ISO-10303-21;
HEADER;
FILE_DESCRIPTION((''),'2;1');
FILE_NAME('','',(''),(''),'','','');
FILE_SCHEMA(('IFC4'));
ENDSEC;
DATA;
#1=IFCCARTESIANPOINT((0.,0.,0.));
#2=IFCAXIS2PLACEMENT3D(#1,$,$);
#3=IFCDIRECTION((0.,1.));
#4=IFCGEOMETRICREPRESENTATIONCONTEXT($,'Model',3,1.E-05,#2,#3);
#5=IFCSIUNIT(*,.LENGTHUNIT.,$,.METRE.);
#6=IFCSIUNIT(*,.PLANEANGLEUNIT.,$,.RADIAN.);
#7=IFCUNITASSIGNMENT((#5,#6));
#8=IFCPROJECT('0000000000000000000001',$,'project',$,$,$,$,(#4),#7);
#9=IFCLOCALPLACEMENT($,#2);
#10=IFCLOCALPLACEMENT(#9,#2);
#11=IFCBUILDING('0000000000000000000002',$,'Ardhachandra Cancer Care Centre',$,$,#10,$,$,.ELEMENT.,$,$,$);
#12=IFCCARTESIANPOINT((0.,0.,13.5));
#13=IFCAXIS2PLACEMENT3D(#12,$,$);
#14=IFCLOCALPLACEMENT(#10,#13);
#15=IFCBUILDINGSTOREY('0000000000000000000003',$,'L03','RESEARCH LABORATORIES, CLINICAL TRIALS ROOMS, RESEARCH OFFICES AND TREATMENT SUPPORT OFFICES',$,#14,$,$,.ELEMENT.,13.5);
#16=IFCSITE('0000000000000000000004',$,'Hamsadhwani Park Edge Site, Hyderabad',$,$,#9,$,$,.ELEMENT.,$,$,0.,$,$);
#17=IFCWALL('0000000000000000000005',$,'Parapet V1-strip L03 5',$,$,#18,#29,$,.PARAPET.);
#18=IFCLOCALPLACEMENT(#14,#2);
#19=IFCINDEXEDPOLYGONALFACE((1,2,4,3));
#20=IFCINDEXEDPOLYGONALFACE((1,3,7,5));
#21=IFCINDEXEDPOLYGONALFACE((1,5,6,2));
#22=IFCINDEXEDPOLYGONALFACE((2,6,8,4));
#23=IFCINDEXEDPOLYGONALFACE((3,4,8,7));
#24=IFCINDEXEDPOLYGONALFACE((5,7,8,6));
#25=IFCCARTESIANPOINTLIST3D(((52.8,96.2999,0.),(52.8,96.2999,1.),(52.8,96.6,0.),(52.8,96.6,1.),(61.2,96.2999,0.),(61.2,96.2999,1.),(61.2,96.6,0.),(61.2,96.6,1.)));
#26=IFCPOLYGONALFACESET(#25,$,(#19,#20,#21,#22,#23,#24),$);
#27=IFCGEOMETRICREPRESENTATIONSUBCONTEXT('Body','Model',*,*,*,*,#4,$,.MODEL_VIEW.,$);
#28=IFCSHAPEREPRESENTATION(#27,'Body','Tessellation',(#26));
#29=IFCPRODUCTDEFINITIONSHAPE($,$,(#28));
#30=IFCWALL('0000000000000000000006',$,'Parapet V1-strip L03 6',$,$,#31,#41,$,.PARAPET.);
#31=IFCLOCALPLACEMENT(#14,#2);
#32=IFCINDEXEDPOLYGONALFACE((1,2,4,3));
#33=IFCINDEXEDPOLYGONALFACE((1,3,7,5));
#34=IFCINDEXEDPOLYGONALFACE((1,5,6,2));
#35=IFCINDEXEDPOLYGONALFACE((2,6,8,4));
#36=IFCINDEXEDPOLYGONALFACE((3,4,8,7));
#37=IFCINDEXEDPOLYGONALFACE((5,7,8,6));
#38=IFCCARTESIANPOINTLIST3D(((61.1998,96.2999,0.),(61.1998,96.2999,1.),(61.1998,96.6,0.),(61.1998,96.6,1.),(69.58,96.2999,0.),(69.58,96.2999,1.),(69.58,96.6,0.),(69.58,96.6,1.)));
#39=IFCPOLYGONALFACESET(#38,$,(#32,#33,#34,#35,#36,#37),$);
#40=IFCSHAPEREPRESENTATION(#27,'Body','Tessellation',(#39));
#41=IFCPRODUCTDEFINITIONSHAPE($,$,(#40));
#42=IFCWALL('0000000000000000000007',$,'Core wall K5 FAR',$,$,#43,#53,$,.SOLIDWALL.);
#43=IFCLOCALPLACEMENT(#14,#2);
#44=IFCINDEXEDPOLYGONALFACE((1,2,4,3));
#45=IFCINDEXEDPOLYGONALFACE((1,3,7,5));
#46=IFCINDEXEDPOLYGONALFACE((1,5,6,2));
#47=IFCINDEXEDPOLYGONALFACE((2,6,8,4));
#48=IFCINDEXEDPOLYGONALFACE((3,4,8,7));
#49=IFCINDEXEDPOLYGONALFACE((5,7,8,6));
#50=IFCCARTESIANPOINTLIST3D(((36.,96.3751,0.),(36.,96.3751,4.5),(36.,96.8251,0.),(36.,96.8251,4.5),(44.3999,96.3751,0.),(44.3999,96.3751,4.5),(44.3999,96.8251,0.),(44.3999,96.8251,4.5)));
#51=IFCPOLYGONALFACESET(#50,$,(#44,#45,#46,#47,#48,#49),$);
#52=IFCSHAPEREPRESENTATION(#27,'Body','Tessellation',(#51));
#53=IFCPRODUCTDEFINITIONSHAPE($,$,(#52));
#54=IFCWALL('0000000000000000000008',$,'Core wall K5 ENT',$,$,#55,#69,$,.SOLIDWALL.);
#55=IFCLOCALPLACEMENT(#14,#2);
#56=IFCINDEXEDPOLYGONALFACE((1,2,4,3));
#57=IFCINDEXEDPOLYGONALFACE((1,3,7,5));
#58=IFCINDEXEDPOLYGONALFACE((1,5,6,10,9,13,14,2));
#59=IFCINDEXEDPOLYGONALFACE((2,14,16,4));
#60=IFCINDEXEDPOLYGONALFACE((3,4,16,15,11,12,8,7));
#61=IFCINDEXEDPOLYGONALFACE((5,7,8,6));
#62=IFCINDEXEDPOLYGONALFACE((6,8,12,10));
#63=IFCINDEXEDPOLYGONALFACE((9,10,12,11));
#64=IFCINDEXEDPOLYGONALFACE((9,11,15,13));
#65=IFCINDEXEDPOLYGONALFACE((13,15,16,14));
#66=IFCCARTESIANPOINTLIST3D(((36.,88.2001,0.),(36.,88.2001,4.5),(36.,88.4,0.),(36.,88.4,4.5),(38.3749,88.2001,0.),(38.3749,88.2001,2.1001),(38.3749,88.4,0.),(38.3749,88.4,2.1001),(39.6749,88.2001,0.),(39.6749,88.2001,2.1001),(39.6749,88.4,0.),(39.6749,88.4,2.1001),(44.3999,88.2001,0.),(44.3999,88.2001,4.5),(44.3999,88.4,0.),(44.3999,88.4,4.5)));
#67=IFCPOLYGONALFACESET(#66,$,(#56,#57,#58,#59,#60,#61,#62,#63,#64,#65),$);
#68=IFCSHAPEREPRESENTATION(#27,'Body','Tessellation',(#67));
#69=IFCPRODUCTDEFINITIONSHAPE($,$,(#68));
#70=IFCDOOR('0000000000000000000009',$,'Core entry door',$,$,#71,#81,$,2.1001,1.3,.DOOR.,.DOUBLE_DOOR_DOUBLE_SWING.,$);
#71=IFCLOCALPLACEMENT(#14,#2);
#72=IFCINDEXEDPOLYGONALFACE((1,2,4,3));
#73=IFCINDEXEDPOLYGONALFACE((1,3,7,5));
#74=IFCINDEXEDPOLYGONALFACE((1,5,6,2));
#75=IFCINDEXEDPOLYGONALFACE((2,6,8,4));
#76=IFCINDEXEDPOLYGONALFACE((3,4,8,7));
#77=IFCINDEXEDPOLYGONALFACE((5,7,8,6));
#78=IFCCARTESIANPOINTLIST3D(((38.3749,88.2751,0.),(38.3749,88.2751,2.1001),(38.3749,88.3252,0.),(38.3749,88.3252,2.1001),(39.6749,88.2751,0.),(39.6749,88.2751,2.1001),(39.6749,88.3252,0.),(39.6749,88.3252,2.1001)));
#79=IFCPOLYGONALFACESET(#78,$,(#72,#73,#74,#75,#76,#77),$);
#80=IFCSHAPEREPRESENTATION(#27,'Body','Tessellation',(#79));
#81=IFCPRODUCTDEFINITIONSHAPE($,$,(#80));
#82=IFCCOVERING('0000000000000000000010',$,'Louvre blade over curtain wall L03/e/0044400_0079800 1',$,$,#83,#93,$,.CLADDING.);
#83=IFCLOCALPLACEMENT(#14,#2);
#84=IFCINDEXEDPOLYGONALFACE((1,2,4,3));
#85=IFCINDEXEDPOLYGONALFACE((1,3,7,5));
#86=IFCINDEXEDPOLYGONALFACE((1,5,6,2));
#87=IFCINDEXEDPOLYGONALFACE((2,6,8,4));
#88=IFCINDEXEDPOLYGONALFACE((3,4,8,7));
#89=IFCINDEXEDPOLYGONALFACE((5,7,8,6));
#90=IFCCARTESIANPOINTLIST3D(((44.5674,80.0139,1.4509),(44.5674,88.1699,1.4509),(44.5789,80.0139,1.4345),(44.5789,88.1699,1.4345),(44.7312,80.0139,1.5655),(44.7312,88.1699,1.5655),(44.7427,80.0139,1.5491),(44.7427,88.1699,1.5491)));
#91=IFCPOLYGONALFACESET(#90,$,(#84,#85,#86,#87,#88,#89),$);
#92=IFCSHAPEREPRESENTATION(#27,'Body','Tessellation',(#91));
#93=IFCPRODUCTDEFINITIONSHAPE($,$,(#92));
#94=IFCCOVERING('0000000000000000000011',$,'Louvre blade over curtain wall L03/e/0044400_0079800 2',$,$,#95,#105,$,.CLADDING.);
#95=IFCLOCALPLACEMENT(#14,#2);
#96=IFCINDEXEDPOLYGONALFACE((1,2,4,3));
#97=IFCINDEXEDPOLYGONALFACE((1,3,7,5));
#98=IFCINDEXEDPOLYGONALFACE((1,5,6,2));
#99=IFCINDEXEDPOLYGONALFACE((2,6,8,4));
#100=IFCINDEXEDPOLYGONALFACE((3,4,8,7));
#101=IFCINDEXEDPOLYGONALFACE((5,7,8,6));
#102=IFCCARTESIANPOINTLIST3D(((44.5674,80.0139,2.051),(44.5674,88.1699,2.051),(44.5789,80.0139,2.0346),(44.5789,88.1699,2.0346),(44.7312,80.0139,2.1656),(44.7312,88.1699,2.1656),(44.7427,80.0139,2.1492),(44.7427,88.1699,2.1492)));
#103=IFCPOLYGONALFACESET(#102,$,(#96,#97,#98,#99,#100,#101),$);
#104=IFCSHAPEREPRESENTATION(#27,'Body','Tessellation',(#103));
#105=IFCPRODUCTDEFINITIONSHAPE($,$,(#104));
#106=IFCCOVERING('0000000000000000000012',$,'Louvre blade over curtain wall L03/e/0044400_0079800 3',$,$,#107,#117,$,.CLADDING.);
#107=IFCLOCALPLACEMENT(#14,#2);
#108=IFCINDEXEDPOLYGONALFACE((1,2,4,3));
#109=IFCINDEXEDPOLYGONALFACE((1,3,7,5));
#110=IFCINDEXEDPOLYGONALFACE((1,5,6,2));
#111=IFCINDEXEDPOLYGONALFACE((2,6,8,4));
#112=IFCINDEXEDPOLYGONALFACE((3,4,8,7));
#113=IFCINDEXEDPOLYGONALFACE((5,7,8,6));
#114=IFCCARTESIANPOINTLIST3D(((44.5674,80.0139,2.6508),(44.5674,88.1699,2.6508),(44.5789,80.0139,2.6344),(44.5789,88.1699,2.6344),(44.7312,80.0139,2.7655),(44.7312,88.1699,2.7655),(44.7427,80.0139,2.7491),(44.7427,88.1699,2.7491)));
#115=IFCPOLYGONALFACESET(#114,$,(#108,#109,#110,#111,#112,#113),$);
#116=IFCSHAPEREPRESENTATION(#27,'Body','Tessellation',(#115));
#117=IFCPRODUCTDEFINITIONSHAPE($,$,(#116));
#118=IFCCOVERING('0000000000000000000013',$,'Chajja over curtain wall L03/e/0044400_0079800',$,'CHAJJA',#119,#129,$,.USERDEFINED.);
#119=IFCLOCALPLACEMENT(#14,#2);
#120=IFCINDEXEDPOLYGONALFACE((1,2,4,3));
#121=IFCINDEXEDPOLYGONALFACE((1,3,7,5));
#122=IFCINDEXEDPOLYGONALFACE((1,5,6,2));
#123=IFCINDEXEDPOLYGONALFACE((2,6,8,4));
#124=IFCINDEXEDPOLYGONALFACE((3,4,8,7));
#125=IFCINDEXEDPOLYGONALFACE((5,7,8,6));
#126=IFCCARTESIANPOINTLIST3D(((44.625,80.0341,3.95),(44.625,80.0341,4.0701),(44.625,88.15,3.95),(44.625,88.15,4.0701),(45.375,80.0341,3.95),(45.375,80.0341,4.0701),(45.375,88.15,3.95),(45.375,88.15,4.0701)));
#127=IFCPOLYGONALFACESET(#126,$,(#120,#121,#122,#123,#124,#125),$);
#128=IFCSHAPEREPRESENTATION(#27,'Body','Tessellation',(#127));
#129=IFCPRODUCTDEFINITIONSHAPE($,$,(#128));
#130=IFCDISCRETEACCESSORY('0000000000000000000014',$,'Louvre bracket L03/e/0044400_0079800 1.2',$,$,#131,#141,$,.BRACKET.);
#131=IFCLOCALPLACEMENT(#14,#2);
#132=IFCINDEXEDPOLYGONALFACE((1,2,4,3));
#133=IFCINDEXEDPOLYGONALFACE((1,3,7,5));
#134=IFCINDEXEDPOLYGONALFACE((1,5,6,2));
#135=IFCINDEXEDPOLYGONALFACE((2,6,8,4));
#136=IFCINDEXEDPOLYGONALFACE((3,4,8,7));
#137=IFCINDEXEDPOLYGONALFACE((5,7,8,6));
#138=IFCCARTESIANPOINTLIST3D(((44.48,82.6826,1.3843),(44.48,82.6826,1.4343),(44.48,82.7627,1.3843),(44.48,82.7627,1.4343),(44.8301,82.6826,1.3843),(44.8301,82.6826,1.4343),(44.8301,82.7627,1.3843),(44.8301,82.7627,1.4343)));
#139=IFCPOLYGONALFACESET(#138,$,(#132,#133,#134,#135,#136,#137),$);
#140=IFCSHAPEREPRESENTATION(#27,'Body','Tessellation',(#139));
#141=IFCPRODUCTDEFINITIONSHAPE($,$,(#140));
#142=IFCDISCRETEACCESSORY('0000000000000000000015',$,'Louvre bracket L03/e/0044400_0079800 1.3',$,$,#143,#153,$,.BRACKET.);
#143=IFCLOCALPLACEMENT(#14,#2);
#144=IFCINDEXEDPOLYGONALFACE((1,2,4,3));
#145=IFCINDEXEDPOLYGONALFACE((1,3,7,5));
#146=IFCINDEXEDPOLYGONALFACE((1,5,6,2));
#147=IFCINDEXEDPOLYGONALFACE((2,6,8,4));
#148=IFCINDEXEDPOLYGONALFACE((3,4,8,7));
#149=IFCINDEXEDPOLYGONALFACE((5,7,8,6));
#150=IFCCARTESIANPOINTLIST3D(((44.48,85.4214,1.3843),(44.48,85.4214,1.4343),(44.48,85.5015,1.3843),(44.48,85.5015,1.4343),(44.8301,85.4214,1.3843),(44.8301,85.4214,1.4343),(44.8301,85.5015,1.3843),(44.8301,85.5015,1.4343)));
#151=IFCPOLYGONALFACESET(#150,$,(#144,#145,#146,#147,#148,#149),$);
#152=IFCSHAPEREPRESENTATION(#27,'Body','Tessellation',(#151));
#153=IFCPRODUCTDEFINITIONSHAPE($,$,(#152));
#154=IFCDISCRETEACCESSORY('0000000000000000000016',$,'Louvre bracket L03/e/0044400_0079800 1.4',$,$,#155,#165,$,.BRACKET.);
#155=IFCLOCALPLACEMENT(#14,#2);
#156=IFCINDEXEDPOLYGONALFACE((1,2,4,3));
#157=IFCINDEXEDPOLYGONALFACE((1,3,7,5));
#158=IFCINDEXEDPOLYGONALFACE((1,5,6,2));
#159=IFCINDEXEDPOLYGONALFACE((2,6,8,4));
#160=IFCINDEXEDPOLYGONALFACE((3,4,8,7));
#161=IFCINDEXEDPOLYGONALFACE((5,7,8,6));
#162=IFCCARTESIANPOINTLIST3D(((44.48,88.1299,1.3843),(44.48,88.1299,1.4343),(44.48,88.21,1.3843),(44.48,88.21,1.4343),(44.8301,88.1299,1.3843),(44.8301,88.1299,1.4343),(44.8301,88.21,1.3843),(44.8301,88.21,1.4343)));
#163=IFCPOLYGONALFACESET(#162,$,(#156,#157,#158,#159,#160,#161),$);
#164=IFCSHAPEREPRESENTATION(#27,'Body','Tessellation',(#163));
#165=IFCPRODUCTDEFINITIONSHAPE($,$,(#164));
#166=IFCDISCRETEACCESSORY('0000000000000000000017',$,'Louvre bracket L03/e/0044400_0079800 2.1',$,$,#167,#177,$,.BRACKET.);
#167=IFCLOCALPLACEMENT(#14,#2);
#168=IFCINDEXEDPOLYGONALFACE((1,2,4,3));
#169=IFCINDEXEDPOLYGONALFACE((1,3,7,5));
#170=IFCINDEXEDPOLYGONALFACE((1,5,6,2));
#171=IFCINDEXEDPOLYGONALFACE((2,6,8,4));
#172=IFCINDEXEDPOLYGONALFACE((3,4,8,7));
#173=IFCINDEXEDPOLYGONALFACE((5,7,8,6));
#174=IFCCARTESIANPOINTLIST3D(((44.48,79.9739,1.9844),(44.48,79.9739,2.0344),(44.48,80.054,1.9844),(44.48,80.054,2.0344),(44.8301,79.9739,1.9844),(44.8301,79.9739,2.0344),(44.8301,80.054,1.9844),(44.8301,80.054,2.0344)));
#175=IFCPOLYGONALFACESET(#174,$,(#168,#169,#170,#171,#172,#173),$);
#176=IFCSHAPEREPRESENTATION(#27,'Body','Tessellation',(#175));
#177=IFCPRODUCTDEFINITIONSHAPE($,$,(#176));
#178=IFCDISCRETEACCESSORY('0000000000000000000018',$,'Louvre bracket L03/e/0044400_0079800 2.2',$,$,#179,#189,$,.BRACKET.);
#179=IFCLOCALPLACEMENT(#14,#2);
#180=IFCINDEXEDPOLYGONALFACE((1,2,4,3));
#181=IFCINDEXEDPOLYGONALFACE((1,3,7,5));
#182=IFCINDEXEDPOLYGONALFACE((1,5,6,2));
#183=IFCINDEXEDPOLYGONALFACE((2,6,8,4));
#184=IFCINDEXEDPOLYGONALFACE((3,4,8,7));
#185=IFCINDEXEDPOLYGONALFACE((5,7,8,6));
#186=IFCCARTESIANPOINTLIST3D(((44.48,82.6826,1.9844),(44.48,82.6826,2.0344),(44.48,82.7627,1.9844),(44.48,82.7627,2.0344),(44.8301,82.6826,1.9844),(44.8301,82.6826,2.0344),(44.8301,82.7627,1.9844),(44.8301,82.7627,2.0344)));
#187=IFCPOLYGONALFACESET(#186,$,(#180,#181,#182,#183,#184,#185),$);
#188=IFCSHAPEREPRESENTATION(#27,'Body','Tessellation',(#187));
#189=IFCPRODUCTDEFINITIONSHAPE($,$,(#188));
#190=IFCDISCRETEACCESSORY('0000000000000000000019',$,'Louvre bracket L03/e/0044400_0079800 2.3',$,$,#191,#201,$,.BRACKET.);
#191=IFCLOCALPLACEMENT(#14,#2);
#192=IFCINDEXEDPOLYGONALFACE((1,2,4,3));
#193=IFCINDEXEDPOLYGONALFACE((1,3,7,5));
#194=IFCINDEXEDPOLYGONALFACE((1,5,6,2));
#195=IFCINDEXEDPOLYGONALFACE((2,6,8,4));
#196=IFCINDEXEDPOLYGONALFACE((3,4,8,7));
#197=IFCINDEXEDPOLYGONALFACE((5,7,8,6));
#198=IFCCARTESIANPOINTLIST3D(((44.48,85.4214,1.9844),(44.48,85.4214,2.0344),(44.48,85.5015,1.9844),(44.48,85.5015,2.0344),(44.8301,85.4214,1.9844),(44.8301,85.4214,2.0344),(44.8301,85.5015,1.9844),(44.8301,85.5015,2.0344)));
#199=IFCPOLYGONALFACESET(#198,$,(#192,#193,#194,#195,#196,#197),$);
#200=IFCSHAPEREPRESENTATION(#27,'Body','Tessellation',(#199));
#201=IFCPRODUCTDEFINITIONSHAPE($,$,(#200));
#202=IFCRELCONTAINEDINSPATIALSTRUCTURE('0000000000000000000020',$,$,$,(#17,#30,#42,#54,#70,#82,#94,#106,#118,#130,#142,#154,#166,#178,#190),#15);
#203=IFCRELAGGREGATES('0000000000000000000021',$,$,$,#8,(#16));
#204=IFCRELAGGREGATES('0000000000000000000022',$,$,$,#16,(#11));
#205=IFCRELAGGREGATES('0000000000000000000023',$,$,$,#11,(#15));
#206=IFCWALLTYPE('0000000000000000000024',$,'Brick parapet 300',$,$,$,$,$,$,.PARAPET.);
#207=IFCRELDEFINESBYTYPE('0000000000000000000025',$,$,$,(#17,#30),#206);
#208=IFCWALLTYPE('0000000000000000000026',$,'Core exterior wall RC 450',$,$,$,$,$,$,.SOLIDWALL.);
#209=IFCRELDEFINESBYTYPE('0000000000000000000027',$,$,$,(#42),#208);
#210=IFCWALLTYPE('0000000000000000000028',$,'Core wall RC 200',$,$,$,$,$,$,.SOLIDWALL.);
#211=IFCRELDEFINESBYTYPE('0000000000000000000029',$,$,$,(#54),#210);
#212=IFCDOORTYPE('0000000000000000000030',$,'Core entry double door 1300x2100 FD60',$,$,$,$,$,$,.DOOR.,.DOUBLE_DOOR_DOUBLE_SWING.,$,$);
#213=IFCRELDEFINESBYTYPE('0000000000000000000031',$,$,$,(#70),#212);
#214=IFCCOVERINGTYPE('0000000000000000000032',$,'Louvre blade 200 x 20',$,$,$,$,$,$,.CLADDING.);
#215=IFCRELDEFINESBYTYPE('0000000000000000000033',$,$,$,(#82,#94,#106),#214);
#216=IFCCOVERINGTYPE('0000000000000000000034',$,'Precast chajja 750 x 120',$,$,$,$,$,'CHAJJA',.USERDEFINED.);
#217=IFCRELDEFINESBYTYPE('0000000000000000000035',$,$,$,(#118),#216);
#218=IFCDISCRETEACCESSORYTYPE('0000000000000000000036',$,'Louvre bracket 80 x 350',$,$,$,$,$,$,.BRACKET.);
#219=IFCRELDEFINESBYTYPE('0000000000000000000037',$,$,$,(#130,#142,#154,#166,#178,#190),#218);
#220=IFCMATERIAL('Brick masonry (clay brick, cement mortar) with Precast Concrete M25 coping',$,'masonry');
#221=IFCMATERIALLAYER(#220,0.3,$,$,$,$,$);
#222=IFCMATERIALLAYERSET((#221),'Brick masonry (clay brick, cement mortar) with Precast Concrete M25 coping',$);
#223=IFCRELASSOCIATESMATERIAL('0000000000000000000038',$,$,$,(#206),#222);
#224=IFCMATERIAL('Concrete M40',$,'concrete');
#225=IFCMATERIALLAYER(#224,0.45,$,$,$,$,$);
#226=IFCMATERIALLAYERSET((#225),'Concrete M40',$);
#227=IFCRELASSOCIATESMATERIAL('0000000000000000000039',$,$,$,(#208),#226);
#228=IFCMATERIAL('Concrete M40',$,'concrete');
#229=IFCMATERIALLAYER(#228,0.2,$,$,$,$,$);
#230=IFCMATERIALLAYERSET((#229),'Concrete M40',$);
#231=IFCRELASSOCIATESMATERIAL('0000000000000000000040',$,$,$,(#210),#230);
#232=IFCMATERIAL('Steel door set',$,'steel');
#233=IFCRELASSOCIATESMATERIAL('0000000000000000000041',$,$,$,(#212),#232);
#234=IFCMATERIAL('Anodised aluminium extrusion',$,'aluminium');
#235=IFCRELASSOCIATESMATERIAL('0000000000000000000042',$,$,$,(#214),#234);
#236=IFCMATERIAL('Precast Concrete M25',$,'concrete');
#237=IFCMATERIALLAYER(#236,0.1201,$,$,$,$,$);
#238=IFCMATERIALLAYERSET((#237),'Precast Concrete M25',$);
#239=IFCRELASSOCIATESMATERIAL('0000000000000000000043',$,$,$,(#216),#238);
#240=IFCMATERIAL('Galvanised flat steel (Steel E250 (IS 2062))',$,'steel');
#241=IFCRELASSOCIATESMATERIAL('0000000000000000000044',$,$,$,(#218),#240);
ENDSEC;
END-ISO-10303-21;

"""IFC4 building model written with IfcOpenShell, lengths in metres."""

from ifc_helpers import new_model, si_unit, direction, frame, frame_2d, origin, origin_2d, place, context, subcontext, project, spatial, rectangle, extrude, material, layer, layer_set, material_profile, profile_set, type_object, element, fill, save


model = new_model("IFC4")

# Units and contexts
model_context = context("Model", 3, precision=1e-05, world=origin(), true_north=direction((0.0, 1.0)))
body_context = subcontext(model_context, "Body", "Model", "MODEL_VIEW")
ifc_project = project(units=[si_unit("LENGTHUNIT", "METRE"), si_unit("PLANEANGLEUNIT", "RADIAN")], contexts=[model_context])

# Site, building, storey
site_placement = place(None, origin())
site = spatial("IfcSite", under=ifc_project, at=site_placement, Name="Hamsadhwani Park Edge Site, Hyderabad", CompositionType="ELEMENT", RefElevation=0.0)
building_placement = place(site_placement, origin())
building = spatial("IfcBuilding", under=site, at=building_placement, Name="Ardhachandra Cancer Care Centre", CompositionType="ELEMENT")
storey_placement = place(building_placement, frame((0.0, 0.0, 13.5)))
storey = spatial("IfcBuildingStorey", under=building, at=storey_placement, Name="L03", Description="RESEARCH LABORATORIES, CLINICAL TRIALS ROOMS, RESEARCH OFFICES AND TREATMENT SUPPORT OFFICES", CompositionType="ELEMENT", Elevation=13.5)

# Walls
ifc_material_1 = material(Name="Brick masonry (clay brick, cement mortar) with Precast Concrete M25 coping", Category="masonry")
ifc_layer_1 = layer(ifc_material_1, 0.3)
ifc_layer_set_1 = layer_set([ifc_layer_1], Name="Brick masonry (clay brick, cement mortar) with Precast Concrete M25 coping")
wall_type_1 = type_object("IfcWallType", Name="Brick parapet 300", PredefinedType="PARAPET", material=ifc_layer_set_1)
wall_1_placement = place(storey_placement, frame((52.8, 96.45, 0.0), z_axis=(0.0, 0.0, 1.0), x_axis=(1.0, 0.0, 0.0)))
element("IfcWall", 1, at=wall_1_placement, inside=storey, type_object=wall_type_1, Name="Parapet V1-strip L03 5", PredefinedType="PARAPET", context=body_context, shape_type="SweptSolid", body=[
    extrude(rectangle(XDim=8.3999, YDim=0.3, at=frame_2d((4.2, 0.0))), origin(), (0.0, 0.0, 1.0), 1.0),
])
wall_2_placement = place(storey_placement, frame((61.2, 96.45, 0.0), z_axis=(0.0, 0.0, 1.0), x_axis=(1.0, 0.0, 0.0)))
element("IfcWall", 2, at=wall_2_placement, inside=storey, type_object=wall_type_1, Name="Parapet V1-strip L03 6", PredefinedType="PARAPET", context=body_context, shape_type="SweptSolid", body=[
    extrude(rectangle(XDim=8.3801, YDim=0.3, at=frame_2d((4.1899, 0.0))), origin(), (0.0, 0.0, 1.0), 1.0),
])
ifc_material_2 = material(Name="Concrete M40", Category="concrete")
ifc_layer_2 = layer(ifc_material_2, 0.45)
ifc_layer_set_2 = layer_set([ifc_layer_2], Name="Concrete M40")
wall_type_2 = type_object("IfcWallType", Name="Core exterior wall RC 450", PredefinedType="SOLIDWALL", material=ifc_layer_set_2)
wall_3_placement = place(storey_placement, frame((44.3999, 96.6001, 0.0), z_axis=(0.0, 0.0, 1.0), x_axis=(-1.0, 0.0, 0.0)))
element("IfcWall", 3, at=wall_3_placement, inside=storey, type_object=wall_type_2, Name="Core wall K5 FAR", PredefinedType="SOLIDWALL", context=body_context, shape_type="SweptSolid", body=[
    extrude(rectangle(XDim=8.3999, YDim=0.45, at=frame_2d((4.2, 0.0))), origin(), (0.0, 0.0, 1.0), 4.5),
])

# Wall, opening, door
ifc_material_3 = material(Name="Concrete M40", Category="concrete")
ifc_layer_3 = layer(ifc_material_3, 0.2)
ifc_layer_set_3 = layer_set([ifc_layer_3], Name="Concrete M40")
wall_type_3 = type_object("IfcWallType", Name="Core wall RC 200", PredefinedType="SOLIDWALL", material=ifc_layer_set_3)
wall_4_placement = place(storey_placement, frame((44.3999, 88.3, 0.0), z_axis=(0.0, 0.0, 1.0), x_axis=(-1.0, 0.0, 0.0)))
wall_4 = element("IfcWall", 4, at=wall_4_placement, inside=storey, type_object=wall_type_3, Name="Core wall K5 ENT", PredefinedType="SOLIDWALL", context=body_context, shape_type="SweptSolid", body=[
    extrude(rectangle(XDim=8.3999, YDim=0.2, at=frame_2d((4.2, 0.0))), origin(), (0.0, 0.0, 1.0), 4.5),
])
opening_placement = place(wall_4_placement, frame((4.7251, 0.0, 0.0)))
opening = element("IfcOpeningElement", 5, at=opening_placement, cuts=wall_4, PredefinedType="OPENING", context=body_context, shape_type="SweptSolid", body=[
    extrude(rectangle(XDim=1.3, YDim=2.1001, at=frame_2d((0.6499, 1.05))), frame((0.0, 0.1099, 0.0), z_axis=(0.0, -1.0, 0.0), x_axis=(1.0, 0.0, 0.0)), (0.0, 0.0, 1.0), 0.22),
])
ifc_material_4 = material(Name="Steel door set", Category="steel")
door_type = type_object("IfcDoorType", Name="Core entry double door 1300x2100 FD60", OperationType="DOUBLE_DOOR_DOUBLE_SWING", PredefinedType="DOOR", material=ifc_material_4)
door_placement = place(opening_placement, origin())
door = element("IfcDoor", 6, at=door_placement, inside=storey, type_object=door_type, Name="Core entry door", OperationType="DOUBLE_DOOR_DOUBLE_SWING", OverallHeight=2.1001, OverallWidth=1.3, PredefinedType="DOOR", context=body_context, shape_type="SweptSolid", body=[
    extrude(rectangle(XDim=1.3, YDim=2.1001, at=frame_2d((0.6499, 1.05))), frame((0.0, 0.0249, 0.0), z_axis=(0.0, -1.0, 0.0), x_axis=(1.0, 0.0, 0.0)), (0.0, 0.0, 1.0), 0.05),
])
fill(opening, door)

# Coverings
ifc_material_5 = material(Name="Anodised aluminium extrusion", Category="aluminium")
ifc_material_profile_1 = material_profile(ifc_material_5, rectangle(XDim=0.2, YDim=0.02, at=origin_2d()), Name="Louvre blade 200 x 20")
ifc_profile_set_1 = profile_set([ifc_material_profile_1], Name="Anodised aluminium extrusion")
covering_type_1 = type_object("IfcCoveringType", Name="Louvre blade 200 x 20", PredefinedType="CLADDING", material=ifc_profile_set_1)
for number, where, z_axis, x_axis, name in (
    (7, (44.655, 80.0139, 1.5), (0.0, 1.0, 0.0), (-0.819152, 0.0, -0.573576), "Louvre blade over curtain wall L03/e/0044400_0079800 1"),
    (8, (44.655, 80.0139, 2.1001), (0.0, 1.0, 0.0), (-0.819152, 0.0, -0.573576), "Louvre blade over curtain wall L03/e/0044400_0079800 2"),
    (9, (44.655, 80.0139, 2.7), (0.0, 1.0, 0.0), (-0.819152, 0.0, -0.573576), "Louvre blade over curtain wall L03/e/0044400_0079800 3"),
):
    element("IfcCovering", number, at=place(storey_placement, frame(where, z_axis=z_axis, x_axis=x_axis)), inside=storey, type_object=covering_type_1, Name=name, PredefinedType="CLADDING", context=body_context, shape_type="SweptSolid", body=[
        extrude(rectangle(XDim=0.2, YDim=0.02, at=origin_2d()), origin(), (0.0, 0.0, 1.0), 8.156),
    ])
ifc_material_6 = material(Name="Precast Concrete M25", Category="concrete")
ifc_layer_4 = layer(ifc_material_6, 0.1201)
ifc_layer_set_4 = layer_set([ifc_layer_4], Name="Precast Concrete M25")
covering_type_2 = type_object("IfcCoveringType", Name="Precast chajja 750 x 120", ElementType="CHAJJA", PredefinedType="USERDEFINED", material=ifc_layer_set_4)
covering_placement = place(storey_placement, frame((45.0, 84.092, 3.95), z_axis=(0.0, 0.0, 1.0), x_axis=(0.0, 1.0, 0.0)))
element("IfcCovering", 10, at=covering_placement, inside=storey, type_object=covering_type_2, Name="Chajja over curtain wall L03/e/0044400_0079800", ObjectType="CHAJJA", PredefinedType="USERDEFINED", context=body_context, shape_type="SweptSolid", body=[
    extrude(rectangle(XDim=8.116, YDim=0.75, at=origin_2d()), origin(), (0.0, 0.0, 1.0), 0.1201),
])

# Discrete accessories
ifc_material_7 = material(Name="Galvanised flat steel (Steel E250 (IS 2062))", Category="steel")
discrete_accessory_type = type_object("IfcDiscreteAccessoryType", Name="Louvre bracket 80 x 350", PredefinedType="BRACKET", material=ifc_material_7)
for number, where, z_axis, x_axis, name in (
    (11, (44.655, 82.7227, 1.3843), (0.0, 0.0, 1.0), (0.0, 1.0, 0.0), "Louvre bracket L03/e/0044400_0079800 1.2"),
    (12, (44.655, 85.4614, 1.3843), (0.0, 0.0, 1.0), (0.0, 1.0, 0.0), "Louvre bracket L03/e/0044400_0079800 1.3"),
    (13, (44.655, 88.1699, 1.3843), (0.0, 0.0, 1.0), (0.0, 1.0, 0.0), "Louvre bracket L03/e/0044400_0079800 1.4"),
    (14, (44.655, 80.0139, 1.9844), (0.0, 0.0, 1.0), (0.0, 1.0, 0.0), "Louvre bracket L03/e/0044400_0079800 2.1"),
    (15, (44.655, 82.7227, 1.9844), (0.0, 0.0, 1.0), (0.0, 1.0, 0.0), "Louvre bracket L03/e/0044400_0079800 2.2"),
    (16, (44.655, 85.4614, 1.9844), (0.0, 0.0, 1.0), (0.0, 1.0, 0.0), "Louvre bracket L03/e/0044400_0079800 2.3"),
):
    element("IfcDiscreteAccessory", number, at=place(storey_placement, frame(where, z_axis=z_axis, x_axis=x_axis)), inside=storey, type_object=discrete_accessory_type, Name=name, PredefinedType="BRACKET", context=body_context, shape_type="SweptSolid", body=[
        extrude(rectangle(XDim=0.0801, YDim=0.3501, at=origin_2d()), origin(), (0.0, 0.0, 1.0), 0.05),
    ])

save(model, "model.ifc")
